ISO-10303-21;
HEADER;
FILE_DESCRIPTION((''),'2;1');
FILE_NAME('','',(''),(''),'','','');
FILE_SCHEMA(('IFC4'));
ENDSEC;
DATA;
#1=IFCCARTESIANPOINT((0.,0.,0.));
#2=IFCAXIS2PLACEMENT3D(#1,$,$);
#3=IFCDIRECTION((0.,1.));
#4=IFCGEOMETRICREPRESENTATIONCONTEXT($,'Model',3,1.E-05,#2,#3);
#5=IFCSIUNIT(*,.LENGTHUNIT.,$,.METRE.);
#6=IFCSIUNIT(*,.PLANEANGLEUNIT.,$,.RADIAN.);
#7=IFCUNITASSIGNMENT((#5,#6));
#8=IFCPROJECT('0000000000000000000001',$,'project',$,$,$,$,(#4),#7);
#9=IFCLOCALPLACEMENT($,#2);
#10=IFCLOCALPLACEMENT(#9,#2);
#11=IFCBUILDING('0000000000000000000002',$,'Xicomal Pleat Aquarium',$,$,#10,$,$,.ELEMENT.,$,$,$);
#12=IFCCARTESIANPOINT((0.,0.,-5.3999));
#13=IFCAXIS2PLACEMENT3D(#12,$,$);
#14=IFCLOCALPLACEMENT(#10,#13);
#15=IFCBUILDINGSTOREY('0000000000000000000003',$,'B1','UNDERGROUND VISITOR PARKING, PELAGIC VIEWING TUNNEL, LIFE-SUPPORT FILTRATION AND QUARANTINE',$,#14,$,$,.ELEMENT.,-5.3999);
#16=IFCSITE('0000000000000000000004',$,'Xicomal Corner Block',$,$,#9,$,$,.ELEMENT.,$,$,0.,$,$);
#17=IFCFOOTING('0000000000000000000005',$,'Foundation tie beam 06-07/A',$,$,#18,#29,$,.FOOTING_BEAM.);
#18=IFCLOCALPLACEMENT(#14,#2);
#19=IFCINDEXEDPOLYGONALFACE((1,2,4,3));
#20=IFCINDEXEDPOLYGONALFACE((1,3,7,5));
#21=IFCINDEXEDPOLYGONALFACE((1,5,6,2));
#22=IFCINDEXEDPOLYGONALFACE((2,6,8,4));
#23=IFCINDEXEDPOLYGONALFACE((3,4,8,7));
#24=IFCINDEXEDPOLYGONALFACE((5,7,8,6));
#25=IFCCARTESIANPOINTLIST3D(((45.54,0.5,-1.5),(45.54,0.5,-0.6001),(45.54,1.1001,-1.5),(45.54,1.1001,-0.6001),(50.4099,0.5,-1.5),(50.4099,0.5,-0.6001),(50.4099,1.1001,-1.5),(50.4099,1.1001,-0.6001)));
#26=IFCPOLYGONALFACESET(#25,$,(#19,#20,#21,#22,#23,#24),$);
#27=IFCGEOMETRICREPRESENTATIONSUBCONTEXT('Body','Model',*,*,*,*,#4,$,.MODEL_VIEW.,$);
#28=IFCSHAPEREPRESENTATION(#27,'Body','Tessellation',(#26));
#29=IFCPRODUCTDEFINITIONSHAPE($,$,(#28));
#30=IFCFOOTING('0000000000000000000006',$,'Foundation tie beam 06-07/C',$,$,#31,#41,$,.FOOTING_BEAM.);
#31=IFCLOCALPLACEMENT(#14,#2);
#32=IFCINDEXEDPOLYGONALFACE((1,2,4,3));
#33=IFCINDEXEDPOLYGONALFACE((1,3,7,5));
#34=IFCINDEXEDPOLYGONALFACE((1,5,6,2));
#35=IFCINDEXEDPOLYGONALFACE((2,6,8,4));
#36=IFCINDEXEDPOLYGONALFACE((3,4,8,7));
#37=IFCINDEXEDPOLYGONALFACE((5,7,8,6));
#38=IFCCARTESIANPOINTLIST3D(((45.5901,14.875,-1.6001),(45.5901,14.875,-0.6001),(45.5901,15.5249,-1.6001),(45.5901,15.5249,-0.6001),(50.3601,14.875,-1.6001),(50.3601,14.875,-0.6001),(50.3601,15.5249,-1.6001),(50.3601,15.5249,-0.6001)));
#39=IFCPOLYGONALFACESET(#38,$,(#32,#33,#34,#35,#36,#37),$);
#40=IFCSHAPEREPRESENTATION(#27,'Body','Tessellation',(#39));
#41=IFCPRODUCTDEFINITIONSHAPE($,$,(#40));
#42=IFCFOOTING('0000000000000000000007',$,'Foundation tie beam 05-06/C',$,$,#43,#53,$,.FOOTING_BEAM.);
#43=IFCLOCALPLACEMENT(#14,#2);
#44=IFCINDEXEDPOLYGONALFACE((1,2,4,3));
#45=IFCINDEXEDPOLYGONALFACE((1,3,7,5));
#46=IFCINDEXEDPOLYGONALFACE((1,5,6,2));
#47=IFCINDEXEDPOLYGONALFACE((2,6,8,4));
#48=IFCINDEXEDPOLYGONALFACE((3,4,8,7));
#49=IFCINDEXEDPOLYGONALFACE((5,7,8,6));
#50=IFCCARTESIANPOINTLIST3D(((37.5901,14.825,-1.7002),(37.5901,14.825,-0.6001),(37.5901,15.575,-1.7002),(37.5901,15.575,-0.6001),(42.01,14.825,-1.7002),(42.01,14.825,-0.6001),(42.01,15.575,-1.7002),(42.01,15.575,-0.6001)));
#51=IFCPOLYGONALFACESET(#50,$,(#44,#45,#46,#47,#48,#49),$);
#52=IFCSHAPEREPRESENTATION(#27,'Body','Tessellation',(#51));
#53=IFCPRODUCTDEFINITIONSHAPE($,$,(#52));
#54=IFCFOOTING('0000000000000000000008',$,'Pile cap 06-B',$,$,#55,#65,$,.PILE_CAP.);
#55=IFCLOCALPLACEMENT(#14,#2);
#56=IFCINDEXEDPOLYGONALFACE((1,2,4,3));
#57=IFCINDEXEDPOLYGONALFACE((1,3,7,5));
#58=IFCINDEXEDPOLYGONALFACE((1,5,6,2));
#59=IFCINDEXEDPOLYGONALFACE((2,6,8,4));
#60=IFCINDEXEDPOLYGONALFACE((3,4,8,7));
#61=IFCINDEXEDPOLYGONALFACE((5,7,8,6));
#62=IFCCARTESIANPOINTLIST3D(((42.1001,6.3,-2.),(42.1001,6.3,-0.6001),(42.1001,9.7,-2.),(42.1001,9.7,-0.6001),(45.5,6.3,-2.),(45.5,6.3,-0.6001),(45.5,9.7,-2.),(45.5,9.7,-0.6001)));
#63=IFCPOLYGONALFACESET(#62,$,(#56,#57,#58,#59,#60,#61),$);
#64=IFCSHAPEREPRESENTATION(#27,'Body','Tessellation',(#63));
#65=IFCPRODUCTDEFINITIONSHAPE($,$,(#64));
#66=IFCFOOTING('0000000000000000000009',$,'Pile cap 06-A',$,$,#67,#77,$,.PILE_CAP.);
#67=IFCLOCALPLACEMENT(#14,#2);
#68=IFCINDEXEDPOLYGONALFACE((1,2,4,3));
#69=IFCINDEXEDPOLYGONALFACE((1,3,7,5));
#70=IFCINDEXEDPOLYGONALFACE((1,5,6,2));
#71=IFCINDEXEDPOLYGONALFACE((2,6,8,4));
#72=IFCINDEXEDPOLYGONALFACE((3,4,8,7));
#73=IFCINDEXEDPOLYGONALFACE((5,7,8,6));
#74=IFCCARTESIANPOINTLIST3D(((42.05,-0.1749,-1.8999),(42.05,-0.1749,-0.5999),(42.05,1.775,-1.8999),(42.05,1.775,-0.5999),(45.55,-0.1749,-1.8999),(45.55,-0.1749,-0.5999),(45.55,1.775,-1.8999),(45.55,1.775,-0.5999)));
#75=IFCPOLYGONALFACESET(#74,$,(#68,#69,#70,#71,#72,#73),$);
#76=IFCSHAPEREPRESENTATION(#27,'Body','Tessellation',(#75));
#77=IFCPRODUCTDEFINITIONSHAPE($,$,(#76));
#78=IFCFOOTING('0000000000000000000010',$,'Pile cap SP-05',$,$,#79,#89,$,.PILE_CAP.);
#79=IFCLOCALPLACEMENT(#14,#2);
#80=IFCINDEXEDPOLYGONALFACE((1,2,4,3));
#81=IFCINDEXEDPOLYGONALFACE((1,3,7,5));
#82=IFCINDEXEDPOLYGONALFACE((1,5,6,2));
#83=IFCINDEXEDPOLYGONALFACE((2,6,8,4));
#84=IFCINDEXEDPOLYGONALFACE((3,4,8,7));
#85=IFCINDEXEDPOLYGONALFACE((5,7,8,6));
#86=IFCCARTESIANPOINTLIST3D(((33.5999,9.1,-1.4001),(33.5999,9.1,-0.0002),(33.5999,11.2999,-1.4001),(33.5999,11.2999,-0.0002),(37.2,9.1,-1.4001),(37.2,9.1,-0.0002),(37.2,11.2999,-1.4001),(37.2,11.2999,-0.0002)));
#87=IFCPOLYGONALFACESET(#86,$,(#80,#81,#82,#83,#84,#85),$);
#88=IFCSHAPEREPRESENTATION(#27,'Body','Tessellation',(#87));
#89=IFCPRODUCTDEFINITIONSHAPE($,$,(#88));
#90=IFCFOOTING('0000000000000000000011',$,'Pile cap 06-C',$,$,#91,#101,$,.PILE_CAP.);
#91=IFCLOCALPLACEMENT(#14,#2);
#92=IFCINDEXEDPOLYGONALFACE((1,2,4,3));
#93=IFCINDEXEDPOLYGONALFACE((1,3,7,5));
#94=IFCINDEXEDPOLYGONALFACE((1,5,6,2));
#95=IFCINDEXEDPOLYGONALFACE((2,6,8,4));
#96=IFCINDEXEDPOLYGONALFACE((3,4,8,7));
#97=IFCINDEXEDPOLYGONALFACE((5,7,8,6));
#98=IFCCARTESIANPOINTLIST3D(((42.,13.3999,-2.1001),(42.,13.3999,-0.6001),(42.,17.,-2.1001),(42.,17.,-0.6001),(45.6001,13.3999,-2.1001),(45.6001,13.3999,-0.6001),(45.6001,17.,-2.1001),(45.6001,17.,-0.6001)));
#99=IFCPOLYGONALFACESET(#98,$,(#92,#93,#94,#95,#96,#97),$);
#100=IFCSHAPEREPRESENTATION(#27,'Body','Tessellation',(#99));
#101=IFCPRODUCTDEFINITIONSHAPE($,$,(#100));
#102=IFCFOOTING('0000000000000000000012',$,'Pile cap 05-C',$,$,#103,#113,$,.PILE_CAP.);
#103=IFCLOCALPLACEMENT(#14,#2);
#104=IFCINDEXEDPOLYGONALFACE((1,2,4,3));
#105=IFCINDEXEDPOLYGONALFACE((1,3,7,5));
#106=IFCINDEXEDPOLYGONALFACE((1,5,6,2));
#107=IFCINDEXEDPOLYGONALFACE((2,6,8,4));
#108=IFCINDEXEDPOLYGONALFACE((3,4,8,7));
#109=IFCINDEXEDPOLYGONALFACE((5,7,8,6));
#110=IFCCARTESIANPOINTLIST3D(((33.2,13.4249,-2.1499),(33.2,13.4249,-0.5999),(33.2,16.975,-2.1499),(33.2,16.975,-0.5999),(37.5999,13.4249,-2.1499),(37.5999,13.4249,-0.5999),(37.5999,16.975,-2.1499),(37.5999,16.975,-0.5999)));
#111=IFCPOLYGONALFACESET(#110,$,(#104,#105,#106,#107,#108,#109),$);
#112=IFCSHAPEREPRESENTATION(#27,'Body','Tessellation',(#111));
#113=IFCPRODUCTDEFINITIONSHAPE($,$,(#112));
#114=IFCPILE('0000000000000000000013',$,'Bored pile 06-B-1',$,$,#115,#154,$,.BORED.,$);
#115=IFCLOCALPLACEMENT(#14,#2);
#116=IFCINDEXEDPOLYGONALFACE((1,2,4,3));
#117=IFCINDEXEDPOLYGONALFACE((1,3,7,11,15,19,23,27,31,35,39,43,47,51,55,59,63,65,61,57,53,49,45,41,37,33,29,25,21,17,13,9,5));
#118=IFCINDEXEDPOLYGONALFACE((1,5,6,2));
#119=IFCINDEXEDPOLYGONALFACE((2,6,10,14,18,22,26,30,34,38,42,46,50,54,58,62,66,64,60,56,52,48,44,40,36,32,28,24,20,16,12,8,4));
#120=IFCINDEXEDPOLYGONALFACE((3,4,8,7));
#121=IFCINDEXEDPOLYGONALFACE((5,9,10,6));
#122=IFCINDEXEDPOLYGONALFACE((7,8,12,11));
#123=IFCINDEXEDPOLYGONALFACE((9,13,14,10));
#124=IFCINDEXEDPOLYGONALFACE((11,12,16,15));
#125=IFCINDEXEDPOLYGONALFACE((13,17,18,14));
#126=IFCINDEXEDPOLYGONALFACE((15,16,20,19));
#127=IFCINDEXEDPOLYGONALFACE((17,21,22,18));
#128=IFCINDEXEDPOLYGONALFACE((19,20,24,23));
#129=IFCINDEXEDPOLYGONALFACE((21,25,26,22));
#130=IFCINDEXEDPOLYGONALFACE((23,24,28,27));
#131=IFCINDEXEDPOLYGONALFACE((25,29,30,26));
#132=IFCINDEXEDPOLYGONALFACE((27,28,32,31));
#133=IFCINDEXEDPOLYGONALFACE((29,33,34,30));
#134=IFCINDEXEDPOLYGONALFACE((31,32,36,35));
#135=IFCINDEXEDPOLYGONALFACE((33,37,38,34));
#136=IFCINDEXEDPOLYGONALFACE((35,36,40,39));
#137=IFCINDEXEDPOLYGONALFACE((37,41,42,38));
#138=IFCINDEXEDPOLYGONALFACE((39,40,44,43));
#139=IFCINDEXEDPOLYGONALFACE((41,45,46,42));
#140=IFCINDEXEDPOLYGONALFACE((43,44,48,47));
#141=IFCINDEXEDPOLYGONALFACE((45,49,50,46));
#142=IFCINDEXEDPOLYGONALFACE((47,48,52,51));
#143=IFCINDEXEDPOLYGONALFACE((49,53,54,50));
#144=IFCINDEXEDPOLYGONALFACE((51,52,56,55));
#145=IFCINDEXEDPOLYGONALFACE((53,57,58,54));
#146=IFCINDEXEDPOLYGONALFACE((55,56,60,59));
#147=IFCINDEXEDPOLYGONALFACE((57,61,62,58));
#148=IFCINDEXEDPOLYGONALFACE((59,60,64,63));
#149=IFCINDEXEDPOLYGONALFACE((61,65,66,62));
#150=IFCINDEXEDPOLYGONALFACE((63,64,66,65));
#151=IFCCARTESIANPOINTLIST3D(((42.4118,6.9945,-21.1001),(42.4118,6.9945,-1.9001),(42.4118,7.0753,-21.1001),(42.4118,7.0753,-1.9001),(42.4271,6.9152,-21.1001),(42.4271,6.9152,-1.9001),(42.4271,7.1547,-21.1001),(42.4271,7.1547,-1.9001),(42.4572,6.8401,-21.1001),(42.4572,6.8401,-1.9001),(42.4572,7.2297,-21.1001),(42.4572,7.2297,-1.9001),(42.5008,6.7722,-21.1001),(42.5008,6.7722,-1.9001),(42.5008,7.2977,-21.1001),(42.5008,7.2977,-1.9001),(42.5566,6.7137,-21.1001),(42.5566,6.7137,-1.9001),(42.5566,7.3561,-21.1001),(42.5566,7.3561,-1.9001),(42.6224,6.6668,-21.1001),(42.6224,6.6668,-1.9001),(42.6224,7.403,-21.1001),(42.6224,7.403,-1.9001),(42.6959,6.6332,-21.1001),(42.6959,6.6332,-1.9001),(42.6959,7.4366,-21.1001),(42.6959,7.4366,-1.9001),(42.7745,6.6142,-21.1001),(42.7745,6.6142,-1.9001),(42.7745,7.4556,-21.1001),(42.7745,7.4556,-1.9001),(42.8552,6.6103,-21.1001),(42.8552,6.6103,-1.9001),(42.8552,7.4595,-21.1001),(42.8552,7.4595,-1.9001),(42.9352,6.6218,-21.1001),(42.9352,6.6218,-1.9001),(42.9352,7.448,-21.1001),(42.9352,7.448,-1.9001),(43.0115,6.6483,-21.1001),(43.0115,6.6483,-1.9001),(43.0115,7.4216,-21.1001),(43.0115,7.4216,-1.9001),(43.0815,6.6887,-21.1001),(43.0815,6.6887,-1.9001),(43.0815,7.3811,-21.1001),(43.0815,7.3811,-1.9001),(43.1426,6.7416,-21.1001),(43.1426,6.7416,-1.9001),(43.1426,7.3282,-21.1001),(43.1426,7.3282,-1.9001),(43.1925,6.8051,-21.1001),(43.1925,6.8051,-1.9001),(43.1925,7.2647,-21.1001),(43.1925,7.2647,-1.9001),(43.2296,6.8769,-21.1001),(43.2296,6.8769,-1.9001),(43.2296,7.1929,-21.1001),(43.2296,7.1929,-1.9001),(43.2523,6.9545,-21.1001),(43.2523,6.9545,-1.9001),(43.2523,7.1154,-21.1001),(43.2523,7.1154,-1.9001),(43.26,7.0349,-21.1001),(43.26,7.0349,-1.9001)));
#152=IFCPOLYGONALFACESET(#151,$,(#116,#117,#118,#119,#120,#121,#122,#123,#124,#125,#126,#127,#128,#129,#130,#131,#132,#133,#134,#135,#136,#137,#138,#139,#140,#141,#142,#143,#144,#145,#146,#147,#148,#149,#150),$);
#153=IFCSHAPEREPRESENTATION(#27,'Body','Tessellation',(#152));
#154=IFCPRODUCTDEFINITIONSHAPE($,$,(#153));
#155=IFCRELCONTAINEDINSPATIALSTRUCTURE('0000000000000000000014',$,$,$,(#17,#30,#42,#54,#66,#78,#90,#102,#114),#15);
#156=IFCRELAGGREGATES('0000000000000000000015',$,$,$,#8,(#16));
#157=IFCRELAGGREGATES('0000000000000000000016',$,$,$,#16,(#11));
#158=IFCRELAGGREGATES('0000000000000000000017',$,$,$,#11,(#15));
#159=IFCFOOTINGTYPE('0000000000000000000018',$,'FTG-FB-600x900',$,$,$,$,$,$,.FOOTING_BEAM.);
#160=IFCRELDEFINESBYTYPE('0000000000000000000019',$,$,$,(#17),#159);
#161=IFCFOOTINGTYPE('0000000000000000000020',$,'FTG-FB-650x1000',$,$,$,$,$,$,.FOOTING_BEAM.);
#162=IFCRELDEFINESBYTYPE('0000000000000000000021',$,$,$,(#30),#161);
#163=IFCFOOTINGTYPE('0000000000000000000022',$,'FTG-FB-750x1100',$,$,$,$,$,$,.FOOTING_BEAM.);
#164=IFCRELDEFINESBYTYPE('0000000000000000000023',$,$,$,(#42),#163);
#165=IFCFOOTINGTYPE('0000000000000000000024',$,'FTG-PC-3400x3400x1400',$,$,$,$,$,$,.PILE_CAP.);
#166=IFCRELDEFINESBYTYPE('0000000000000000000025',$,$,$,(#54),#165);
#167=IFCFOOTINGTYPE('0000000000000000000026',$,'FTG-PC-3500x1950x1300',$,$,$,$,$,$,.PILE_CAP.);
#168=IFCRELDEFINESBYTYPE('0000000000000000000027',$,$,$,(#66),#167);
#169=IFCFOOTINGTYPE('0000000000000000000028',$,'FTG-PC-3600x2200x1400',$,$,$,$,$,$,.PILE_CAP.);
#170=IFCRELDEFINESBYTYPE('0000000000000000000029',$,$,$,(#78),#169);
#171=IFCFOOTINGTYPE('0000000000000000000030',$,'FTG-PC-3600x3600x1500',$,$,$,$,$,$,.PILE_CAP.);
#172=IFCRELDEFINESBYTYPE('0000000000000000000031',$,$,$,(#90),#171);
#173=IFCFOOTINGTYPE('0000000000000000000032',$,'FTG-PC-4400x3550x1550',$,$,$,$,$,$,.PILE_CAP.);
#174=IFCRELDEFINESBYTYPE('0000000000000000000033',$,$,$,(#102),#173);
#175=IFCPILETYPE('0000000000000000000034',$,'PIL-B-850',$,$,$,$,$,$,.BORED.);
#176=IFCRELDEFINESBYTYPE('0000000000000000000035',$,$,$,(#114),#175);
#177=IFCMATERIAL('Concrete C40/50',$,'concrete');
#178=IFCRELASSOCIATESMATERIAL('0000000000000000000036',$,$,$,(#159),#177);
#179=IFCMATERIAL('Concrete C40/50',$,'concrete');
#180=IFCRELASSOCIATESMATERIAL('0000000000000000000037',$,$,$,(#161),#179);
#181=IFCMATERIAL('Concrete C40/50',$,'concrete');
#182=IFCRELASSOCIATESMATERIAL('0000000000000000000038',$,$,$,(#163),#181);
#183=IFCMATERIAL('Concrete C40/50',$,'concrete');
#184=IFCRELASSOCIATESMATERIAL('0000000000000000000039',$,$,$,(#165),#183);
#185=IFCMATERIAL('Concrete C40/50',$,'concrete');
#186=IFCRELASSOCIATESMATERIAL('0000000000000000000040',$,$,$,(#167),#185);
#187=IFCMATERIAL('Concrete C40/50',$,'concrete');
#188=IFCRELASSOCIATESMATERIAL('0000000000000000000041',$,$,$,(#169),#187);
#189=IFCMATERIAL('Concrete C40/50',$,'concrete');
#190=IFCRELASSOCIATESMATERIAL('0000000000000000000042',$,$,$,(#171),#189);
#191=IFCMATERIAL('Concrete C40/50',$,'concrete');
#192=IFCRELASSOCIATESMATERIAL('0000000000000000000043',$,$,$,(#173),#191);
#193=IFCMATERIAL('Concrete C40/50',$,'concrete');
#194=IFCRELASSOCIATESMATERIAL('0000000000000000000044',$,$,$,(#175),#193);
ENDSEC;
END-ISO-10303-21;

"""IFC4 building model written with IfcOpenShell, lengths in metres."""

from ifc_helpers import new_model, si_unit, direction, frame, origin, origin_2d, place, context, subcontext, project, spatial, rectangle, circle, extrude, material, material_profile, profile_set, type_object, element, save


model = new_model("IFC4")

# Units and contexts
model_context = context("Model", 3, precision=1e-05, world=origin(), true_north=direction((0.0, 1.0)))
body_context = subcontext(model_context, "Body", "Model", "MODEL_VIEW")
ifc_project = project(units=[si_unit("LENGTHUNIT", "METRE"), si_unit("PLANEANGLEUNIT", "RADIAN")], contexts=[model_context])

# Site, building, storey
site_placement = place(None, origin())
site = spatial("IfcSite", under=ifc_project, at=site_placement, Name="Xicomal Corner Block", CompositionType="ELEMENT", RefElevation=0.0)
building_placement = place(site_placement, origin())
building = spatial("IfcBuilding", under=site, at=building_placement, Name="Xicomal Pleat Aquarium", CompositionType="ELEMENT")
storey_placement = place(building_placement, frame((0.0, 0.0, -5.3999)))
storey = spatial("IfcBuildingStorey", under=building, at=storey_placement, Name="B1", Description="UNDERGROUND VISITOR PARKING, PELAGIC VIEWING TUNNEL, LIFE-SUPPORT FILTRATION AND QUARANTINE", CompositionType="ELEMENT", Elevation=-5.3999)

# Footings
ifc_material_1 = material(Name="Concrete C40/50", Category="concrete")
ifc_material_profile_1 = material_profile(ifc_material_1, rectangle(XDim=0.6001, YDim=0.8999, at=origin_2d()), Name="FB-02 600x900")
ifc_profile_set_1 = profile_set([ifc_material_profile_1], Name="Concrete C40/50")
footing_type_1 = type_object("IfcFootingType", Name="FTG-FB-600x900", PredefinedType="FOOTING_BEAM", material=ifc_profile_set_1)
footing_1_placement = place(storey_placement, frame((45.54, 0.8, -1.05), z_axis=(1.0, 0.0, 0.0), x_axis=(0.0, 1.0, 0.0)))
element("IfcFooting", 1, at=footing_1_placement, inside=storey, type_object=footing_type_1, Name="Foundation tie beam 06-07/A", PredefinedType="FOOTING_BEAM", context=body_context, shape_type="SweptSolid", body=[
    extrude(rectangle(XDim=0.6001, YDim=0.8999, at=origin_2d()), origin(), (0.0, 0.0, 1.0), 4.8699),
])
ifc_material_2 = material(Name="Concrete C40/50", Category="concrete")
ifc_material_profile_2 = material_profile(ifc_material_2, rectangle(XDim=0.6499, YDim=1.0, at=origin_2d()), Name="FB-03 650x1000")
ifc_profile_set_2 = profile_set([ifc_material_profile_2], Name="Concrete C40/50")
footing_type_2 = type_object("IfcFootingType", Name="FTG-FB-650x1000", PredefinedType="FOOTING_BEAM", material=ifc_profile_set_2)
footing_2_placement = place(storey_placement, frame((45.5901, 15.2, -1.1001), z_axis=(1.0, 0.0, 0.0), x_axis=(0.0, 1.0, 0.0)))
element("IfcFooting", 2, at=footing_2_placement, inside=storey, type_object=footing_type_2, Name="Foundation tie beam 06-07/C", PredefinedType="FOOTING_BEAM", context=body_context, shape_type="SweptSolid", body=[
    extrude(rectangle(XDim=0.6499, YDim=1.0, at=origin_2d()), origin(), (0.0, 0.0, 1.0), 4.77),
])
ifc_material_3 = material(Name="Concrete C40/50", Category="concrete")
ifc_material_profile_3 = material_profile(ifc_material_3, rectangle(XDim=0.75, YDim=1.1001, at=origin_2d()), Name="FB-04 750x1100")
ifc_profile_set_3 = profile_set([ifc_material_profile_3], Name="Concrete C40/50")
footing_type_3 = type_object("IfcFootingType", Name="FTG-FB-750x1100", PredefinedType="FOOTING_BEAM", material=ifc_profile_set_3)
footing_3_placement = place(storey_placement, frame((37.5901, 15.2, -1.1501), z_axis=(1.0, 0.0, 0.0), x_axis=(0.0, 1.0, 0.0)))
element("IfcFooting", 3, at=footing_3_placement, inside=storey, type_object=footing_type_3, Name="Foundation tie beam 05-06/C", PredefinedType="FOOTING_BEAM", context=body_context, shape_type="SweptSolid", body=[
    extrude(rectangle(XDim=0.75, YDim=1.1001, at=origin_2d()), origin(), (0.0, 0.0, 1.0), 4.4199),
])
ifc_material_4 = material(Name="Concrete C40/50", Category="concrete")
footing_type_4 = type_object("IfcFootingType", Name="FTG-PC-3400x3400x1400", PredefinedType="PILE_CAP", material=ifc_material_4)
footing_4_placement = place(storey_placement, frame((43.8, 8.0, -2.0), z_axis=(0.0, 0.0, 1.0), x_axis=(1.0, 0.0, 0.0)))
element("IfcFooting", 4, at=footing_4_placement, inside=storey, type_object=footing_type_4, Name="Pile cap 06-B", PredefinedType="PILE_CAP", context=body_context, shape_type="SweptSolid", body=[
    extrude(rectangle(XDim=3.3999, YDim=3.3999, at=origin_2d()), origin(), (0.0, 0.0, 1.0), 1.3999),
])
ifc_material_5 = material(Name="Concrete C40/50", Category="concrete")
footing_type_5 = type_object("IfcFootingType", Name="FTG-PC-3500x1950x1300", PredefinedType="PILE_CAP", material=ifc_material_5)
footing_5_placement = place(storey_placement, frame((43.8, 0.8, -1.8999), z_axis=(0.0, 0.0, 1.0), x_axis=(1.0, 0.0, 0.0)))
element("IfcFooting", 5, at=footing_5_placement, inside=storey, type_object=footing_type_5, Name="Pile cap 06-A", PredefinedType="PILE_CAP", context=body_context, shape_type="SweptSolid", body=[
    extrude(rectangle(XDim=3.5, YDim=1.95, at=origin_2d()), origin(), (0.0, 0.0, 1.0), 1.3),
])
ifc_material_6 = material(Name="Concrete C40/50", Category="concrete")
footing_type_6 = type_object("IfcFootingType", Name="FTG-PC-3600x2200x1400", PredefinedType="PILE_CAP", material=ifc_material_6)
footing_6_placement = place(storey_placement, frame((35.3999, 10.2, -1.4001), z_axis=(0.0, 0.0, 1.0), x_axis=(1.0, 0.0, 0.0)))
element("IfcFooting", 6, at=footing_6_placement, inside=storey, type_object=footing_type_6, Name="Pile cap SP-05", PredefinedType="PILE_CAP", context=body_context, shape_type="SweptSolid", body=[
    extrude(rectangle(XDim=3.6001, YDim=2.2, at=origin_2d()), origin(), (0.0, 0.0, 1.0), 1.3999),
])
ifc_material_7 = material(Name="Concrete C40/50", Category="concrete")
footing_type_7 = type_object("IfcFootingType", Name="FTG-PC-3600x3600x1500", PredefinedType="PILE_CAP", material=ifc_material_7)
footing_7_placement = place(storey_placement, frame((43.8, 15.2, -2.1001), z_axis=(0.0, 0.0, 1.0), x_axis=(1.0, 0.0, 0.0)))
element("IfcFooting", 7, at=footing_7_placement, inside=storey, type_object=footing_type_7, Name="Pile cap 06-C", PredefinedType="PILE_CAP", context=body_context, shape_type="SweptSolid", body=[
    extrude(rectangle(XDim=3.6001, YDim=3.6001, at=origin_2d()), origin(), (0.0, 0.0, 1.0), 1.5),
])
ifc_material_8 = material(Name="Concrete C40/50", Category="concrete")
footing_type_8 = type_object("IfcFootingType", Name="FTG-PC-4400x3550x1550", PredefinedType="PILE_CAP", material=ifc_material_8)
footing_8_placement = place(storey_placement, frame((35.3999, 15.2, -2.1499), z_axis=(0.0, 0.0, 1.0), x_axis=(1.0, 0.0, 0.0)))
element("IfcFooting", 8, at=footing_8_placement, inside=storey, type_object=footing_type_8, Name="Pile cap 05-C", PredefinedType="PILE_CAP", context=body_context, shape_type="SweptSolid", body=[
    extrude(rectangle(XDim=4.3999, YDim=3.55, at=origin_2d()), origin(), (0.0, 0.0, 1.0), 1.55),
])

# Pile
ifc_material_9 = material(Name="Concrete C40/50", Category="concrete")
ifc_material_profile_4 = material_profile(ifc_material_9, circle(Radius=0.425, at=origin_2d()), Name="BORED PILE D850")
ifc_profile_set_4 = profile_set([ifc_material_profile_4], Name="Concrete C40/50")
pile_type_1 = type_object("IfcPileType", Name="PIL-B-850", PredefinedType="BORED", material=ifc_profile_set_4)
for number, where, z_axis, x_axis, name in (
    (9, (42.835, 7.0349, -1.9001), (0.0, 0.0, -1.0), (1.0, 0.0, 0.0), "Bored pile 06-B-1"),
):
    element("IfcPile", number, at=place(storey_placement, frame(where, z_axis=z_axis, x_axis=x_axis)), inside=storey, type_object=pile_type_1, Name=name, PredefinedType="BORED", context=body_context, shape_type="SweptSolid", body=[
        extrude(circle(Radius=0.425, at=origin_2d()), origin(), (0.0, 0.0, 1.0), 19.2),
    ])

save(model, "model.ifc")
